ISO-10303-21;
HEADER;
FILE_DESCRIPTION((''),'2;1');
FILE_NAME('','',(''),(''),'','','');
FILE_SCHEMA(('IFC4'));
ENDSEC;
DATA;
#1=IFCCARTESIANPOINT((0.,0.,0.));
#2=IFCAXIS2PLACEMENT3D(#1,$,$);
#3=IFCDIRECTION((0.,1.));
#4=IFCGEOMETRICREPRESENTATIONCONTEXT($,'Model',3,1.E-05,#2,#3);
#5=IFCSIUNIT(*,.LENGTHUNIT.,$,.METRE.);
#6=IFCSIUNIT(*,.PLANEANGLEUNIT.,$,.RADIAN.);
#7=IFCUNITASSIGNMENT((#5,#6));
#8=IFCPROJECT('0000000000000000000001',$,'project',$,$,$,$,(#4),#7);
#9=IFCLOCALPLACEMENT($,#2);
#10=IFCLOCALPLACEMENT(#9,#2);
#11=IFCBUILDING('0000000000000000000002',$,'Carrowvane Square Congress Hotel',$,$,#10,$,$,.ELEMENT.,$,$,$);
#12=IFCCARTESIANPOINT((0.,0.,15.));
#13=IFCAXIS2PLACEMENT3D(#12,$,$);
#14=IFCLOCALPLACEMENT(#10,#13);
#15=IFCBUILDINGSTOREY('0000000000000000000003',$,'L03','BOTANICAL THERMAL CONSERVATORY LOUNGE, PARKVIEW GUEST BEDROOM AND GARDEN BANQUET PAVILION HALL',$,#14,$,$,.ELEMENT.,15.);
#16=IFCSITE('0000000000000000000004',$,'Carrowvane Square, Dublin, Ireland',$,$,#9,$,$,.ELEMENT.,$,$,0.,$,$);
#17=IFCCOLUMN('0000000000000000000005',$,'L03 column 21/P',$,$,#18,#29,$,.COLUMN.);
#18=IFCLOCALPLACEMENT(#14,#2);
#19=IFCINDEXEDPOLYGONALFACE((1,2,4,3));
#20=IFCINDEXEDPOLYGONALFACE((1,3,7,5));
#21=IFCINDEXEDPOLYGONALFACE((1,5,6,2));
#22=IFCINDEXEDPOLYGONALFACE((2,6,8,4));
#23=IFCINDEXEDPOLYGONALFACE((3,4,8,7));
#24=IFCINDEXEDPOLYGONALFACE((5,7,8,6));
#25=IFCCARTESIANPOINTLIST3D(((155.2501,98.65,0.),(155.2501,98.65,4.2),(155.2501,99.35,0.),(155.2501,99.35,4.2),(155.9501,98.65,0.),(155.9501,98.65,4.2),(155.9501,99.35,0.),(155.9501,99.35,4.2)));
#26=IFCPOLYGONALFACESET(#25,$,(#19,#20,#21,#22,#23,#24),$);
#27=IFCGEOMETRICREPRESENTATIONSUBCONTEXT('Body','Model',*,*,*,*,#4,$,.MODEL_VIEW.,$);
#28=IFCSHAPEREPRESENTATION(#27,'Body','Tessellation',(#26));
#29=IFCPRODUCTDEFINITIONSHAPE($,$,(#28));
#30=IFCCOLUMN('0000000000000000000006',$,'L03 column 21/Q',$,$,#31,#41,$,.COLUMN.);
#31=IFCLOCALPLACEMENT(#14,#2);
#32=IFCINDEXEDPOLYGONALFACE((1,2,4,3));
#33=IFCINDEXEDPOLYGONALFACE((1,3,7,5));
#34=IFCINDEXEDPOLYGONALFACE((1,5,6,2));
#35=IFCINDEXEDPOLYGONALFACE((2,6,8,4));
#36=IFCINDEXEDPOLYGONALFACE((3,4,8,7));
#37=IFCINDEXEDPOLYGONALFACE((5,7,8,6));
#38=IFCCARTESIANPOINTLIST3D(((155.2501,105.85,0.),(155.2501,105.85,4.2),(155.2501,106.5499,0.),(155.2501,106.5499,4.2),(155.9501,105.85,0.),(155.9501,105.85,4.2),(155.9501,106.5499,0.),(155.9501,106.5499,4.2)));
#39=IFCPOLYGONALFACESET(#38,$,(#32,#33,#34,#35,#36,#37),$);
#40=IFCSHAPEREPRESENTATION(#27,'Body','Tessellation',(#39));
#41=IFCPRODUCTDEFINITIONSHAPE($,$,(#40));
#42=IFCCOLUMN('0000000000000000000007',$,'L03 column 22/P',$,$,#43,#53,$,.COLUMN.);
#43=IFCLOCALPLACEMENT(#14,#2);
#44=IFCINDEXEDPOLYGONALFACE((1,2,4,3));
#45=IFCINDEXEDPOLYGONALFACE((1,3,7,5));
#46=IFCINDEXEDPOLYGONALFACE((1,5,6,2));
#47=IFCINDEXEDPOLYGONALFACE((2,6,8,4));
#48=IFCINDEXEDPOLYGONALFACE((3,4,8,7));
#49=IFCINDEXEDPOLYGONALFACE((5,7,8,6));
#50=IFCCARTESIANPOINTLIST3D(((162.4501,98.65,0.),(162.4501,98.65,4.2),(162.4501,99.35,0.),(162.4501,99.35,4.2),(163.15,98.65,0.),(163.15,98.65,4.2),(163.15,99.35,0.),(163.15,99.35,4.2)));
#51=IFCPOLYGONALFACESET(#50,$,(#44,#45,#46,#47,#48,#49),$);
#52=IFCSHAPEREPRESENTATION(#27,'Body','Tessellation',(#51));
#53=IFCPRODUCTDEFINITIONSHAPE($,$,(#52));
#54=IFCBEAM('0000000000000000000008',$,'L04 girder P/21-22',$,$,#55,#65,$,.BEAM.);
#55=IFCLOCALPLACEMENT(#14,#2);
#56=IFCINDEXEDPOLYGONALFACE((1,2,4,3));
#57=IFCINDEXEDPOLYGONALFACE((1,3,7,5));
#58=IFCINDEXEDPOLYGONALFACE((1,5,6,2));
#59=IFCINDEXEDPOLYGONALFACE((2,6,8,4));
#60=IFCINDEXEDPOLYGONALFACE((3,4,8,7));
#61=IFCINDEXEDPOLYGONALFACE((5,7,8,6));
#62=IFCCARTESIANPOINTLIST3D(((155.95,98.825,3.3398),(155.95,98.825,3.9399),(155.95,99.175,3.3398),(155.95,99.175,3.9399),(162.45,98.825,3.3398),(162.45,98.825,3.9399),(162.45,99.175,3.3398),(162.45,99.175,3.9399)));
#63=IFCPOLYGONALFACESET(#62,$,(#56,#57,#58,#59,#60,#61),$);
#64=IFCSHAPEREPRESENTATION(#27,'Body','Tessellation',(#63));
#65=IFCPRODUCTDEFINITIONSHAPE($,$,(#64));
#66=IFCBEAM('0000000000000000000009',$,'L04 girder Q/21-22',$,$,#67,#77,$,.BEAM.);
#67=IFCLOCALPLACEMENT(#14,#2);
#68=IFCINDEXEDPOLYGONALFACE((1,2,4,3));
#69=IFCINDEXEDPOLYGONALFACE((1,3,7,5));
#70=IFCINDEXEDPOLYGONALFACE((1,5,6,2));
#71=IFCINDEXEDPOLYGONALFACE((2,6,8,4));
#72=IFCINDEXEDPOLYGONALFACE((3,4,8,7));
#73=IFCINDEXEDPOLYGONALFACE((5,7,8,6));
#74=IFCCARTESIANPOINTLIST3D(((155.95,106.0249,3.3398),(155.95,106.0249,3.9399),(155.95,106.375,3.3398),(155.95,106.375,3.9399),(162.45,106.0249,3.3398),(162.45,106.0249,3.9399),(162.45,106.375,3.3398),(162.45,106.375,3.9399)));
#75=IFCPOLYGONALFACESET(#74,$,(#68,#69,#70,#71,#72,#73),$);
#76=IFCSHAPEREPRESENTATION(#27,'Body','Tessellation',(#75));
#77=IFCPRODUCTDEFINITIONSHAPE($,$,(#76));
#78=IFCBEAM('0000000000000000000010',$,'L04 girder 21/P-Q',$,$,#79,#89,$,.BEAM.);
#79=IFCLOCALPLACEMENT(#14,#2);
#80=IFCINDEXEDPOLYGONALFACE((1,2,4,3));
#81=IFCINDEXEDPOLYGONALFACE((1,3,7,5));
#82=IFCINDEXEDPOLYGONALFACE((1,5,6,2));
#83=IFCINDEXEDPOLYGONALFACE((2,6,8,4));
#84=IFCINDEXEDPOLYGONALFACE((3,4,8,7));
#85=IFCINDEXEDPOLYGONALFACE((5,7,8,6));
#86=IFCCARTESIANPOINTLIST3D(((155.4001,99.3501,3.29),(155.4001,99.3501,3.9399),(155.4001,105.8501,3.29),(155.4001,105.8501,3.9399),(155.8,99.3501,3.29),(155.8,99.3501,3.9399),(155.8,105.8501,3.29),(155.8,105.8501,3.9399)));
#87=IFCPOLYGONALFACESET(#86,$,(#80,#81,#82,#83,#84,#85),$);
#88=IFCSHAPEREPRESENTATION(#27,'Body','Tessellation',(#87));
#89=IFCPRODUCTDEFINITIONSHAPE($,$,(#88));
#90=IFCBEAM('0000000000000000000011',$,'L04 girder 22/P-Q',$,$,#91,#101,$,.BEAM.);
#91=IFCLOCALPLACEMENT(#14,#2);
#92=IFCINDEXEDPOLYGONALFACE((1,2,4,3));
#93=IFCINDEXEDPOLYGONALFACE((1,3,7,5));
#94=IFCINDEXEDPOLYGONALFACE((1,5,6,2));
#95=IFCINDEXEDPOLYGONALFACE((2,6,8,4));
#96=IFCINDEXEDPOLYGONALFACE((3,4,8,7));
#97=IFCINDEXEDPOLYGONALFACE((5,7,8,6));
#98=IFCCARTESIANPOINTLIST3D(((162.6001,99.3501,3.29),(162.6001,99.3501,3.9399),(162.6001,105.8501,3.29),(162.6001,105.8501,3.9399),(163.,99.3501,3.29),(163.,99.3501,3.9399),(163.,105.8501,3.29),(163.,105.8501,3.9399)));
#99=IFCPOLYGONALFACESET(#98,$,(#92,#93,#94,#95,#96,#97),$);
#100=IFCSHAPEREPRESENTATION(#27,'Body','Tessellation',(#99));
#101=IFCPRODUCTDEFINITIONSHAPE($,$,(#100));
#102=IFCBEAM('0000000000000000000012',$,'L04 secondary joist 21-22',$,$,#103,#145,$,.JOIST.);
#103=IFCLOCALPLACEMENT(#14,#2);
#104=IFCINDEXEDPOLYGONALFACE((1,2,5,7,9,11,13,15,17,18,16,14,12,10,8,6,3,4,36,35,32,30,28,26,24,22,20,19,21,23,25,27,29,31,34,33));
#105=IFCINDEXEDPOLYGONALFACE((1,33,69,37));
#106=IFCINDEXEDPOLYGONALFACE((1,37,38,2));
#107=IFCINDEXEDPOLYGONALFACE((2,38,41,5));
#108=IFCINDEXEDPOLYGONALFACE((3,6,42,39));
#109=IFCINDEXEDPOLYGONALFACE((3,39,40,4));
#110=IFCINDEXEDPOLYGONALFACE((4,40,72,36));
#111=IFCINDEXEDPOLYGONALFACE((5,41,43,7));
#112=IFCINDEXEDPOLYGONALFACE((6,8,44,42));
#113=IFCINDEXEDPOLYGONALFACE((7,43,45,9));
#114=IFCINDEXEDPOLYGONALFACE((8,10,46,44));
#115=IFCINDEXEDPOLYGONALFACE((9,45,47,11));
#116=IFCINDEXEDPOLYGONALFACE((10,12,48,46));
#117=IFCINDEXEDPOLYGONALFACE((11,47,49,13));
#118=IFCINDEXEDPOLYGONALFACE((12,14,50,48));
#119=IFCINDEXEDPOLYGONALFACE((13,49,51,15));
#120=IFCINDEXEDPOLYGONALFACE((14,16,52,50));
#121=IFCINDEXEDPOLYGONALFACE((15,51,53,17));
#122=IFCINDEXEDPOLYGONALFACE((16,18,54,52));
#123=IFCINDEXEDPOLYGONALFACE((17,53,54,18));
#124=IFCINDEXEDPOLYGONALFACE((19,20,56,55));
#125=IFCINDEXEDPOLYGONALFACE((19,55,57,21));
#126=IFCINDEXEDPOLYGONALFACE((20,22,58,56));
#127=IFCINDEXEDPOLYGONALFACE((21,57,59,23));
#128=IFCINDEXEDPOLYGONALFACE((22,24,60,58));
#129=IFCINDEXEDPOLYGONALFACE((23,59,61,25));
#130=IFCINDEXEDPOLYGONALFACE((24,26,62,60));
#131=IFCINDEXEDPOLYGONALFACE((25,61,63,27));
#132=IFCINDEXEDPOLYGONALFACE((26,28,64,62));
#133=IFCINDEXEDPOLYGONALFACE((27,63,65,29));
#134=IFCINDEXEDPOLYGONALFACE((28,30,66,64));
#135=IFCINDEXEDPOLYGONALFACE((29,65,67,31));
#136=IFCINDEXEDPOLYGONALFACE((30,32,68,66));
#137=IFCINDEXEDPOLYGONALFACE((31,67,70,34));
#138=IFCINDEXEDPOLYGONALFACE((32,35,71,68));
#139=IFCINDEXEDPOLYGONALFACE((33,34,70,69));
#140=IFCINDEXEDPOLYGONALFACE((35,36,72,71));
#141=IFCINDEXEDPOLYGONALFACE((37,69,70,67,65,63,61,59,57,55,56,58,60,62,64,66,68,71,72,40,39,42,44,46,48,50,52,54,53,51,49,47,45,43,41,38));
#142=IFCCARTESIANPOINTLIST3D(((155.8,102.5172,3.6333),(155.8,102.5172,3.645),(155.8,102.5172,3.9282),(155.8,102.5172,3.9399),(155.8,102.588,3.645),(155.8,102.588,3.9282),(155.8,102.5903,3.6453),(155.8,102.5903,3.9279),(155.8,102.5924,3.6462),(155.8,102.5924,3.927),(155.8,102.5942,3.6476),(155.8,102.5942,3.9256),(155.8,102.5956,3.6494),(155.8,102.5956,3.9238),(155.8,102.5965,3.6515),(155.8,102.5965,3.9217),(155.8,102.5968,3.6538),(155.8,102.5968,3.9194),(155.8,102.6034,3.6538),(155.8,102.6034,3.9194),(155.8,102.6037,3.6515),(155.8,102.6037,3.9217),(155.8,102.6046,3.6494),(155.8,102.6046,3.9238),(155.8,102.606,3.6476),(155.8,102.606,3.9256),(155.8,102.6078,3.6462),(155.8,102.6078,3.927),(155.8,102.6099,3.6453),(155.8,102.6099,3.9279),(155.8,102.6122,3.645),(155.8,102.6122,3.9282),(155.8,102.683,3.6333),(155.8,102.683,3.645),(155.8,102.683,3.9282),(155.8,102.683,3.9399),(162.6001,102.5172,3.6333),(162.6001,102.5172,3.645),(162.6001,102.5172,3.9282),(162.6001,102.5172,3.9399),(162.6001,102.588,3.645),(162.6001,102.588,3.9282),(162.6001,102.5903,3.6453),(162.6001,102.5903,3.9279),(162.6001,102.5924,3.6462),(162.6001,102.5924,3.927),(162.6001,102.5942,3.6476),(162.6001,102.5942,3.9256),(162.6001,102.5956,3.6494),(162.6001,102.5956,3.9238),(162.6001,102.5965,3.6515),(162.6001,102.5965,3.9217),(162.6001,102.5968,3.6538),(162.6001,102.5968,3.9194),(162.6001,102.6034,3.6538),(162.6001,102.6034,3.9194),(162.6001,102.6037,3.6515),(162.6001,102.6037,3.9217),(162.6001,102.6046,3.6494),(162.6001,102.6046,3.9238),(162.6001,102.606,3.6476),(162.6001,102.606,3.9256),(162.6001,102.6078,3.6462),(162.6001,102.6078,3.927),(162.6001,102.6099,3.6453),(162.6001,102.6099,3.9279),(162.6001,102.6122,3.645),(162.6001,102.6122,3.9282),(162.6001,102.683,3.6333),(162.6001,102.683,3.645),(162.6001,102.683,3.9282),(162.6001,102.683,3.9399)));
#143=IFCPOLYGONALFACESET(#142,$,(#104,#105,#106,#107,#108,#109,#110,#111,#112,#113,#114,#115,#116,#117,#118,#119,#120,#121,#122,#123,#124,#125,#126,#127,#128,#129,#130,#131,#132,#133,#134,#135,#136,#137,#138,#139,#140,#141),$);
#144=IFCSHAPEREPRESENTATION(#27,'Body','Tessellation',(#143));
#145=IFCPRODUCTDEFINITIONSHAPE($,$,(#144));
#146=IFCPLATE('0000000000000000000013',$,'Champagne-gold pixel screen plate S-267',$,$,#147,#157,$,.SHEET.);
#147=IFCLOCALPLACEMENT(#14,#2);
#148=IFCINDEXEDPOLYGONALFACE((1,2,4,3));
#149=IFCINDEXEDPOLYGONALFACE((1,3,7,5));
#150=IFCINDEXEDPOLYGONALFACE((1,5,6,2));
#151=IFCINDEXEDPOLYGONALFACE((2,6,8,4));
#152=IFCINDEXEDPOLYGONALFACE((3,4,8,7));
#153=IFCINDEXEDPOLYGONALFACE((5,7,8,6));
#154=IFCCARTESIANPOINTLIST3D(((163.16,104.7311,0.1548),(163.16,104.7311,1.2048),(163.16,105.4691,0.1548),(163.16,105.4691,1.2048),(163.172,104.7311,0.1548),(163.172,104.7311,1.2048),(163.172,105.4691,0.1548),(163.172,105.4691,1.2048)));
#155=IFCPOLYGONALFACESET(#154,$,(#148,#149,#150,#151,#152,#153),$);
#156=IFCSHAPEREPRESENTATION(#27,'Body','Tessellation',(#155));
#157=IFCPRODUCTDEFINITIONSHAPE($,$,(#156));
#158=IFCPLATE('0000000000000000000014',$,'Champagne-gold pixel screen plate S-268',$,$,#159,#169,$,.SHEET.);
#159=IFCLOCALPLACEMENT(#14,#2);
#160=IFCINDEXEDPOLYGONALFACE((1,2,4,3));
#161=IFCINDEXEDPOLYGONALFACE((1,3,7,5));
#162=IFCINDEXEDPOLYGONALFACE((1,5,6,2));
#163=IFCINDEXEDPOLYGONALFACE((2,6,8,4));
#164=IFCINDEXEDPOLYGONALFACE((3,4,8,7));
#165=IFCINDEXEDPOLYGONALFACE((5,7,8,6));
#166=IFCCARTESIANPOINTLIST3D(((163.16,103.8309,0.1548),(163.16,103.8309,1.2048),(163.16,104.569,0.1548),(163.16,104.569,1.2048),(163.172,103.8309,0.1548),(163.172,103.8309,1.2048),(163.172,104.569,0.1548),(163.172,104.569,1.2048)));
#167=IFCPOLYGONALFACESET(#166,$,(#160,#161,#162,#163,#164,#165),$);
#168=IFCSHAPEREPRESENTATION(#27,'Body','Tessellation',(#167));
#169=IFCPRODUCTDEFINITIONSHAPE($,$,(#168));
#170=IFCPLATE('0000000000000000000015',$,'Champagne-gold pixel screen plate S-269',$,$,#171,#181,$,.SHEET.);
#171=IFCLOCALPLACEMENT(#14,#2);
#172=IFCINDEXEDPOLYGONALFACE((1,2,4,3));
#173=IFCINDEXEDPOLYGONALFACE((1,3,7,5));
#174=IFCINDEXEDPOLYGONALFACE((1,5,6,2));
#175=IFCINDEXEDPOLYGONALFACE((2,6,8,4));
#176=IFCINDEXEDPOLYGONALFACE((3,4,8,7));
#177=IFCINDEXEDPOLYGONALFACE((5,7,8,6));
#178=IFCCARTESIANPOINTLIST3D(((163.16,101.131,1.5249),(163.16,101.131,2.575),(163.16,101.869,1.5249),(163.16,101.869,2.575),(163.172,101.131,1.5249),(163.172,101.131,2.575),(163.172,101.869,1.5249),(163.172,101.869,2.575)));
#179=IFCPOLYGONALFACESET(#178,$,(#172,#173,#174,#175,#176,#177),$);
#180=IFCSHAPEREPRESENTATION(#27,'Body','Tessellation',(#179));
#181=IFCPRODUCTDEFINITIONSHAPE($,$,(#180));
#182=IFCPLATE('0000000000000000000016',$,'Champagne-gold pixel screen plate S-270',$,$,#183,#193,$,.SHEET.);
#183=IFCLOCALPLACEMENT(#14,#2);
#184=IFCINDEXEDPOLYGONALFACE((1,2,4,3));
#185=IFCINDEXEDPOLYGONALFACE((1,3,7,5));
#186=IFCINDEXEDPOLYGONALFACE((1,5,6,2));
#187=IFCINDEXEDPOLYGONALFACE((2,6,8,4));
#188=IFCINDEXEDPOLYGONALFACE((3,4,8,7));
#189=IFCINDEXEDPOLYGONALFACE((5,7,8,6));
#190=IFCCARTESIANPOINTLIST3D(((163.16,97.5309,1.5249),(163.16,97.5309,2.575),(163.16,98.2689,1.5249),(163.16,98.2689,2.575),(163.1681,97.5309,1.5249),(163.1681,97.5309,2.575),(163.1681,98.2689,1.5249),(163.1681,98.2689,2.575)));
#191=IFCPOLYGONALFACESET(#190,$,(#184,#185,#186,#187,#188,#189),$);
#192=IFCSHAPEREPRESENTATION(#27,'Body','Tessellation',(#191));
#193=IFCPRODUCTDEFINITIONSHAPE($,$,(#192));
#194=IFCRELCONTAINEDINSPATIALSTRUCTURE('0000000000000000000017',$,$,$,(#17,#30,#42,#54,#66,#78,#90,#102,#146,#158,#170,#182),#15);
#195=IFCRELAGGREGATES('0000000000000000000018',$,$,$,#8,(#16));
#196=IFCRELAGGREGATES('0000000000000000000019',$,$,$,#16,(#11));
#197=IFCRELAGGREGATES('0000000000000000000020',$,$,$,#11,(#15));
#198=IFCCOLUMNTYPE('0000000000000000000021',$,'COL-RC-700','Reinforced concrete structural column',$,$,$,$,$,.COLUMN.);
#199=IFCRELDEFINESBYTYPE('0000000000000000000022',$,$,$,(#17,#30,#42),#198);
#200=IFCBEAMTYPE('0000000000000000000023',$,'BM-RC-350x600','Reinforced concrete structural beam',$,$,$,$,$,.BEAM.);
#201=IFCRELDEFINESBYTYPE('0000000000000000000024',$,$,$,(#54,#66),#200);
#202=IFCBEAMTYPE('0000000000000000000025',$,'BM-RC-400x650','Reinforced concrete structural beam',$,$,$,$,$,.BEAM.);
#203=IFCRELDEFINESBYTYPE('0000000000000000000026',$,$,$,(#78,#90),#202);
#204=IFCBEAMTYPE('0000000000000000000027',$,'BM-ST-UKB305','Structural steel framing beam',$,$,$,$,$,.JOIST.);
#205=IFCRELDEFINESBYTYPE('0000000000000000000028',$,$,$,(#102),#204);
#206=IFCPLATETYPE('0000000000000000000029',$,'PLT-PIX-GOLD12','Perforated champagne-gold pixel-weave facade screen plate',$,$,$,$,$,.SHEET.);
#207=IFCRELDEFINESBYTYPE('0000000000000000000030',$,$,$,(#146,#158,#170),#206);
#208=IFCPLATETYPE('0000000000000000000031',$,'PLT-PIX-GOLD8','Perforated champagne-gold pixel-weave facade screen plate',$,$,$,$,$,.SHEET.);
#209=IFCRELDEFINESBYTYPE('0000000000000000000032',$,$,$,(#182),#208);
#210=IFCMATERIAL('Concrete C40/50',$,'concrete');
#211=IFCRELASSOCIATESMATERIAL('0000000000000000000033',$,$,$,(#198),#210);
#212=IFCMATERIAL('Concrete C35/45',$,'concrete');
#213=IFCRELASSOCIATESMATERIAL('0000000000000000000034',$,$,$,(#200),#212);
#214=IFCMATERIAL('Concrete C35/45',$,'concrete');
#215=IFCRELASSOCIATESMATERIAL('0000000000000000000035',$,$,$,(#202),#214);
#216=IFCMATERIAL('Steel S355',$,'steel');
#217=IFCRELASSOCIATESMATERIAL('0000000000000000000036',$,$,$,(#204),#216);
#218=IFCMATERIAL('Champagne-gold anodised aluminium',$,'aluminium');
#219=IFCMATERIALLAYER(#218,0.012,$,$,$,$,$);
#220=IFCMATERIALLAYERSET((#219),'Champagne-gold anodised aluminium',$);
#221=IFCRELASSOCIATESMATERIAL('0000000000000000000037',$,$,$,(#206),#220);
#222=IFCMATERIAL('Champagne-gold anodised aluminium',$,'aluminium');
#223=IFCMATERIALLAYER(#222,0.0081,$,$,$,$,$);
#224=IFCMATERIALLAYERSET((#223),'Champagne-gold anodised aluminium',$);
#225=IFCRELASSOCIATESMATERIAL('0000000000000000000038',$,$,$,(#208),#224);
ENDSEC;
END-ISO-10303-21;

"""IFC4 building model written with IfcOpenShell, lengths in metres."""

from ifc_helpers import new_model, si_unit, direction, frame, origin, origin_2d, place, context, subcontext, project, spatial, rectangle, i_section, extrude, material, layer, layer_set, material_profile, profile_set, type_object, element, save


model = new_model("IFC4")

# Units and contexts
model_context = context("Model", 3, precision=1e-05, world=origin(), true_north=direction((0.0, 1.0)))
body_context = subcontext(model_context, "Body", "Model", "MODEL_VIEW")
ifc_project = project(units=[si_unit("LENGTHUNIT", "METRE"), si_unit("PLANEANGLEUNIT", "RADIAN")], contexts=[model_context])

# Site, building, storey
site_placement = place(None, origin())
site = spatial("IfcSite", under=ifc_project, at=site_placement, Name="Carrowvane Square, Dublin, Ireland", CompositionType="ELEMENT", RefElevation=0.0)
building_placement = place(site_placement, origin())
building = spatial("IfcBuilding", under=site, at=building_placement, Name="Carrowvane Square Congress Hotel", CompositionType="ELEMENT")
storey_placement = place(building_placement, frame((0.0, 0.0, 15.0)))
storey = spatial("IfcBuildingStorey", under=building, at=storey_placement, Name="L03", Description="BOTANICAL THERMAL CONSERVATORY LOUNGE, PARKVIEW GUEST BEDROOM AND GARDEN BANQUET PAVILION HALL", CompositionType="ELEMENT", Elevation=15.0)

# Columns
ifc_material_1 = material(Name="Concrete C40/50", Category="concrete")
ifc_material_profile_1 = material_profile(ifc_material_1, rectangle(XDim=0.7, YDim=0.7, at=origin_2d()), Name="RC 700x700")
ifc_profile_set_1 = profile_set([ifc_material_profile_1], Name="Concrete C40/50")
column_type = type_object("IfcColumnType", Name="COL-RC-700", Description="Reinforced concrete structural column", PredefinedType="COLUMN", material=ifc_profile_set_1)
for number, where, z_axis, x_axis, name in (
    (1, (155.6001, 99.0, 0.0), (0.0, 0.0, 1.0), (1.0, 0.0, 0.0), "L03 column 21/P"),
    (2, (155.6001, 106.2, 0.0), (0.0, 0.0, 1.0), (1.0, 0.0, 0.0), "L03 column 21/Q"),
    (3, (162.8, 99.0, 0.0), (0.0, 0.0, 1.0), (1.0, 0.0, 0.0), "L03 column 22/P"),
):
    element("IfcColumn", number, at=place(storey_placement, frame(where, z_axis=z_axis, x_axis=x_axis)), inside=storey, type_object=column_type, Name=name, PredefinedType="COLUMN", context=body_context, shape_type="SweptSolid", body=[
        extrude(rectangle(XDim=0.7, YDim=0.7, at=origin_2d()), origin(), (0.0, 0.0, 1.0), 4.2),
    ])

# Beams
ifc_material_2 = material(Name="Concrete C35/45", Category="concrete")
ifc_material_profile_2 = material_profile(ifc_material_2, rectangle(XDim=0.3501, YDim=0.6001, at=origin_2d()), Name="RC 350x600")
ifc_profile_set_2 = profile_set([ifc_material_profile_2], Name="Concrete C35/45")
beam_type_1 = type_object("IfcBeamType", Name="BM-RC-350x600", Description="Reinforced concrete structural beam", PredefinedType="BEAM", material=ifc_profile_set_2)
for number, where, z_axis, x_axis, name in (
    (4, (155.95, 99.0, 3.6399), (1.0, 0.0, 0.0), (0.0, 1.0, 0.0), "L04 girder P/21-22"),
    (5, (155.95, 106.2, 3.6399), (1.0, 0.0, 0.0), (0.0, 1.0, 0.0), "L04 girder Q/21-22"),
):
    element("IfcBeam", number, at=place(storey_placement, frame(where, z_axis=z_axis, x_axis=x_axis)), inside=storey, type_object=beam_type_1, Name=name, PredefinedType="BEAM", context=body_context, shape_type="SweptSolid", body=[
        extrude(rectangle(XDim=0.3501, YDim=0.6001, at=origin_2d()), origin(), (0.0, 0.0, 1.0), 6.5),
    ])
ifc_material_3 = material(Name="Concrete C35/45", Category="concrete")
ifc_material_profile_3 = material_profile(ifc_material_3, rectangle(XDim=0.3999, YDim=0.6499, at=origin_2d()), Name="RC 400x650")
ifc_profile_set_3 = profile_set([ifc_material_profile_3], Name="Concrete C35/45")
beam_type_2 = type_object("IfcBeamType", Name="BM-RC-400x650", Description="Reinforced concrete structural beam", PredefinedType="BEAM", material=ifc_profile_set_3)
for number, where, z_axis, x_axis, name in (
    (6, (155.6001, 99.3501, 3.615), (0.0, 1.0, 0.0), (-1.0, 0.0, 0.0), "L04 girder 21/P-Q"),
    (7, (162.8, 99.3501, 3.615), (0.0, 1.0, 0.0), (-1.0, 0.0, 0.0), "L04 girder 22/P-Q"),
):
    element("IfcBeam", number, at=place(storey_placement, frame(where, z_axis=z_axis, x_axis=x_axis)), inside=storey, type_object=beam_type_2, Name=name, PredefinedType="BEAM", context=body_context, shape_type="SweptSolid", body=[
        extrude(rectangle(XDim=0.3999, YDim=0.6499, at=origin_2d()), origin(), (0.0, 0.0, 1.0), 6.5),
    ])
ifc_material_4 = material(Name="Steel S355", Category="steel")
ifc_material_profile_4 = material_profile(ifc_material_4, i_section(OverallWidth=0.1658, OverallDepth=0.3066, WebThickness=0.0066, FlangeThickness=0.0117, FilletRadius=0.0088, at=origin_2d()), Name="UKB 305x165x46")
ifc_profile_set_4 = profile_set([ifc_material_profile_4], Name="Steel S355")
beam_type_3 = type_object("IfcBeamType", Name="BM-ST-UKB305", Description="Structural steel framing beam", PredefinedType="JOIST", material=ifc_profile_set_4)
beam_placement = place(storey_placement, frame((155.8, 102.6001, 3.7866), z_axis=(1.0, 0.0, 0.0), x_axis=(0.0, 1.0, 0.0)))
element("IfcBeam", 8, at=beam_placement, inside=storey, type_object=beam_type_3, Name="L04 secondary joist 21-22", PredefinedType="JOIST", context=body_context, shape_type="SweptSolid", body=[
    extrude(i_section(OverallWidth=0.1658, OverallDepth=0.3066, WebThickness=0.0066, FlangeThickness=0.0117, FilletRadius=0.0088, at=origin_2d()), origin(), (0.0, 0.0, 1.0), 6.8),
])

# Plates
ifc_material_5 = material(Name="Champagne-gold anodised aluminium", Category="aluminium")
ifc_layer_1 = layer(ifc_material_5, 0.012)
ifc_layer_set_1 = layer_set([ifc_layer_1], Name="Champagne-gold anodised aluminium")
plate_type_1 = type_object("IfcPlateType", Name="PLT-PIX-GOLD12", Description="Perforated champagne-gold pixel-weave facade screen plate", PredefinedType="SHEET", material=ifc_layer_set_1)
for number, where, z_axis, x_axis, name in (
    (9, (163.166, 105.1001, 0.1548), (0.0, 0.0, 1.0), (0.0, -1.0, 0.0), "Champagne-gold pixel screen plate S-267"),
    (10, (163.166, 104.2, 0.1548), (0.0, 0.0, 1.0), (0.0, -1.0, 0.0), "Champagne-gold pixel screen plate S-268"),
    (11, (163.166, 101.5, 1.5249), (0.0, 0.0, 1.0), (0.0, -1.0, 0.0), "Champagne-gold pixel screen plate S-269"),
):
    element("IfcPlate", number, at=place(storey_placement, frame(where, z_axis=z_axis, x_axis=x_axis)), inside=storey, type_object=plate_type_1, Name=name, PredefinedType="SHEET", context=body_context, shape_type="SweptSolid", body=[
        extrude(rectangle(XDim=0.738, YDim=0.012, at=origin_2d()), origin(), (0.0, 0.0, 1.0), 1.05),
    ])
ifc_material_6 = material(Name="Champagne-gold anodised aluminium", Category="aluminium")
ifc_layer_2 = layer(ifc_material_6, 0.0081)
ifc_layer_set_2 = layer_set([ifc_layer_2], Name="Champagne-gold anodised aluminium")
plate_type_2 = type_object("IfcPlateType", Name="PLT-PIX-GOLD8", Description="Perforated champagne-gold pixel-weave facade screen plate", PredefinedType="SHEET", material=ifc_layer_set_2)
plate_placement = place(storey_placement, frame((163.1641, 97.8999, 1.5249), z_axis=(0.0, 0.0, 1.0), x_axis=(0.0, -1.0, 0.0)))
element("IfcPlate", 12, at=plate_placement, inside=storey, type_object=plate_type_2, Name="Champagne-gold pixel screen plate S-270", PredefinedType="SHEET", context=body_context, shape_type="SweptSolid", body=[
    extrude(rectangle(XDim=0.738, YDim=0.0081, at=origin_2d()), origin(), (0.0, 0.0, 1.0), 1.05),
])

save(model, "model.ifc")
